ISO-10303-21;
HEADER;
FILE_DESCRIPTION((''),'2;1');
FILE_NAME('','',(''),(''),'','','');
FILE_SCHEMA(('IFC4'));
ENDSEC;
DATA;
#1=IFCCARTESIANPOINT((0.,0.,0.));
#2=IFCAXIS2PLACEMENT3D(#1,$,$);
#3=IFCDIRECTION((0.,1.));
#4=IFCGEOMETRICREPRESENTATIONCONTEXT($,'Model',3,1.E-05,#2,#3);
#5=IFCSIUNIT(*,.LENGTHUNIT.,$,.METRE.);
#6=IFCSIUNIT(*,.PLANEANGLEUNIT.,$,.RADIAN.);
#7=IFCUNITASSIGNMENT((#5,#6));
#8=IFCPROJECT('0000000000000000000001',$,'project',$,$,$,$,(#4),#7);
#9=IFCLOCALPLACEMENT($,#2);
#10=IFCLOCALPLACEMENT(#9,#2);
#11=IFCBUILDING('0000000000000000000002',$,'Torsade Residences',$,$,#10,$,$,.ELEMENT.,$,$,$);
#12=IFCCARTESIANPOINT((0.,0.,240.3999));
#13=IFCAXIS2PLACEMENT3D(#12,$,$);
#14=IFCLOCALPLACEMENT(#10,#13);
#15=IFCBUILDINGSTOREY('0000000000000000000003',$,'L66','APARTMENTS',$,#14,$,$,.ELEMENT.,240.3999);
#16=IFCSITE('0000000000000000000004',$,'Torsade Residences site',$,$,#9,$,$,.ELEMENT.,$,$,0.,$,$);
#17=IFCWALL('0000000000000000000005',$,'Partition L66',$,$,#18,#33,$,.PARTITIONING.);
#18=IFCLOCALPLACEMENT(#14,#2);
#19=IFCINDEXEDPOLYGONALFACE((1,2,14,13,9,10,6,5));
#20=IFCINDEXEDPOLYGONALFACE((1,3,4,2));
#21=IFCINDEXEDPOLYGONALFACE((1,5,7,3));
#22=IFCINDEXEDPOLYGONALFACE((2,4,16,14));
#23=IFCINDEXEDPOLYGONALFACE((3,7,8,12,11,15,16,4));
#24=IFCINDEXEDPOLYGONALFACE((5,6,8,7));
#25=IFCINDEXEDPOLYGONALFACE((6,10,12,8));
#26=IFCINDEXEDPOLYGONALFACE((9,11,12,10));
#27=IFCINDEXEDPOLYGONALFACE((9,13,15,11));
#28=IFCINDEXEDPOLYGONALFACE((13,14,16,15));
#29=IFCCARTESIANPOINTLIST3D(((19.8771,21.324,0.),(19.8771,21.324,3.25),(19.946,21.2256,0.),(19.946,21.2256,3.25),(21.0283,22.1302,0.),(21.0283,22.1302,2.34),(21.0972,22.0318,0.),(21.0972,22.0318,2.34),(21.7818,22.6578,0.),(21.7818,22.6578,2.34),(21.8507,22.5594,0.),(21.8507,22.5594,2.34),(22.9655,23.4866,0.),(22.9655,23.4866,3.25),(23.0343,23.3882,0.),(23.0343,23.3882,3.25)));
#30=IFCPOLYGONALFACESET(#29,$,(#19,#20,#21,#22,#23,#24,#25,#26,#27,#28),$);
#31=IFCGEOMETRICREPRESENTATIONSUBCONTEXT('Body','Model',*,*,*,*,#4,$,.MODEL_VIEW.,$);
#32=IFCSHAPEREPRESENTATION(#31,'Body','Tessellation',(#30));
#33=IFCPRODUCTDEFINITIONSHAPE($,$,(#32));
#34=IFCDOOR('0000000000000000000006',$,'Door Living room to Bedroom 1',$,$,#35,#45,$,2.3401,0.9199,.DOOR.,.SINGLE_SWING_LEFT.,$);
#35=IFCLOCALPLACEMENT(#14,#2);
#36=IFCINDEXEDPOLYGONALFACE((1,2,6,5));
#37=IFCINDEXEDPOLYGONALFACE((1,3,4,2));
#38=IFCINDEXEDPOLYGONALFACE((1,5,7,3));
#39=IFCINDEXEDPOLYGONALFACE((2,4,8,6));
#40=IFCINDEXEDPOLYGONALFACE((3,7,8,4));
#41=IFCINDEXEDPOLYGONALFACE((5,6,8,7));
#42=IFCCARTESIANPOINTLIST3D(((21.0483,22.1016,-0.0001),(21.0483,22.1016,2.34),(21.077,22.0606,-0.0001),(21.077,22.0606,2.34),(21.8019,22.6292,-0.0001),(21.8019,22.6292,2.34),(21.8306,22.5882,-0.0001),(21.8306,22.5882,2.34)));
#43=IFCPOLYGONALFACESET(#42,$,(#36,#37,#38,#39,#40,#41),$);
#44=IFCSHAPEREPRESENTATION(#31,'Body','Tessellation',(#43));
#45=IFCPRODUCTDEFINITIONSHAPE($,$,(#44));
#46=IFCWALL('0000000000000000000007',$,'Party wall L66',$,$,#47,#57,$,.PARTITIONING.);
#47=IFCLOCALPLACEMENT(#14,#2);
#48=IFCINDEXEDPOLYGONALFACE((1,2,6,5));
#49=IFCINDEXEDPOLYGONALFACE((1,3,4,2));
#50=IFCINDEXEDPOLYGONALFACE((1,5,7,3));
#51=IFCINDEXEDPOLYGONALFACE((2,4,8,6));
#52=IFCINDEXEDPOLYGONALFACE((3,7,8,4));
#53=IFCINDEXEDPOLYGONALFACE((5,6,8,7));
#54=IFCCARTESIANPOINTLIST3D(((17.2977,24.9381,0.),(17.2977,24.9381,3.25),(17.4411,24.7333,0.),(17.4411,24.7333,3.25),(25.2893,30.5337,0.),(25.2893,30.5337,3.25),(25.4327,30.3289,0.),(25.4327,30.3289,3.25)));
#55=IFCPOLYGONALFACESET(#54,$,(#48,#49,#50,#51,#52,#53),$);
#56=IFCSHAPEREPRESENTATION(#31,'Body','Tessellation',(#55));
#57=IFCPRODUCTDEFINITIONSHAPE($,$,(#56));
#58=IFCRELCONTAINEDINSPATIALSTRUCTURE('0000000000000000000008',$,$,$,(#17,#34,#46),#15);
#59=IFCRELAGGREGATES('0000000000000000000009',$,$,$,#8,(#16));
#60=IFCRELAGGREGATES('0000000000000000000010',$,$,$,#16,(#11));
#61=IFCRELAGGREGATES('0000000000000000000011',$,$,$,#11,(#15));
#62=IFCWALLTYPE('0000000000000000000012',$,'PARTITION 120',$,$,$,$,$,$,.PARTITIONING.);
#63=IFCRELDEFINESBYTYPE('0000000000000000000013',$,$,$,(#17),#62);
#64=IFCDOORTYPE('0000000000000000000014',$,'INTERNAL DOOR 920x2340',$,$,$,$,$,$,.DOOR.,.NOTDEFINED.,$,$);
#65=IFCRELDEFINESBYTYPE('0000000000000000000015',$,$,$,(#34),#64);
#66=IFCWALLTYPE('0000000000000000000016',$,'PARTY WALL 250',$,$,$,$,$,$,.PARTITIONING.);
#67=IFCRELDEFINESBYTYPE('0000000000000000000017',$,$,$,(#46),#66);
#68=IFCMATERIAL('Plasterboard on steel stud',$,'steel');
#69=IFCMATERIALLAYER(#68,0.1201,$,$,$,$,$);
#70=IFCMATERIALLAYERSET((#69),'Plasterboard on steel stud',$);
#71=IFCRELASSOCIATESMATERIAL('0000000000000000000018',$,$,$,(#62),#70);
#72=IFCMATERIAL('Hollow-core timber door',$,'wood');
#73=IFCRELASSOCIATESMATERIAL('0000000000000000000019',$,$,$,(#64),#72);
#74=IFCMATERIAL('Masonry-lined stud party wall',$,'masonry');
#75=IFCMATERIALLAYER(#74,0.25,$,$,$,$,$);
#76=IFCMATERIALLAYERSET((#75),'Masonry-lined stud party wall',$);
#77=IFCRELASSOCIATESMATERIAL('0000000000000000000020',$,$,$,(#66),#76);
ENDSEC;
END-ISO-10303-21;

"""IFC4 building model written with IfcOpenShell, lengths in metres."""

from ifc_helpers import new_model, si_unit, direction, frame, frame_2d, origin, place, context, subcontext, project, spatial, rectangle, extrude, material, layer, layer_set, type_object, element, fill, save


model = new_model("IFC4")

# Units and contexts
model_context = context("Model", 3, precision=1e-05, world=origin(), true_north=direction((0.0, 1.0)))
body_context = subcontext(model_context, "Body", "Model", "MODEL_VIEW")
ifc_project = project(units=[si_unit("LENGTHUNIT", "METRE"), si_unit("PLANEANGLEUNIT", "RADIAN")], contexts=[model_context])

# Site, building, storey
site_placement = place(None, origin())
site = spatial("IfcSite", under=ifc_project, at=site_placement, Name="Torsade Residences site", CompositionType="ELEMENT", RefElevation=0.0)
building_placement = place(site_placement, origin())
building = spatial("IfcBuilding", under=site, at=building_placement, Name="Torsade Residences", CompositionType="ELEMENT")
storey_placement = place(building_placement, frame((0.0, 0.0, 240.3999)))
storey = spatial("IfcBuildingStorey", under=building, at=storey_placement, Name="L66", Description="APARTMENTS", CompositionType="ELEMENT", Elevation=240.3999)

# Wall, opening, door
ifc_material_1 = material(Name="Plasterboard on steel stud", Category="steel")
ifc_layer_1 = layer(ifc_material_1, 0.1201)
ifc_layer_set_1 = layer_set([ifc_layer_1], Name="Plasterboard on steel stud")
wall_type_1 = type_object("IfcWallType", Name="PARTITION 120", PredefinedType="PARTITIONING", material=ifc_layer_set_1)
wall_1_placement = place(storey_placement, frame((23.0, 23.4375, 0.0), z_axis=(0.0, 0.0, 1.0), x_axis=(-0.819141, -0.573593, 0.0)))
wall_1 = element("IfcWall", 1, at=wall_1_placement, inside=storey, type_object=wall_type_1, Name="Partition L66", PredefinedType="PARTITIONING", context=body_context, shape_type="SweptSolid", body=[
    extrude(rectangle(XDim=3.7703, YDim=0.1201, at=frame_2d((1.8853, 0.0))), origin(), (0.0, 0.0, 1.0), 3.25),
])
opening_1_placement = place(wall_1_placement, frame((1.4451, 0.0, 0.0)))
opening_1 = element("IfcOpeningElement", 2, at=opening_1_placement, cuts=wall_1, PredefinedType="OPENING", context=body_context, shape_type="SweptSolid", body=[
    extrude(rectangle(XDim=0.9199, YDim=2.3401, at=frame_2d((0.46, 1.1699))), frame((0.0, 0.0701, 0.0), z_axis=(0.0, -1.0, 0.0), x_axis=(1.0, 0.0, 0.0)), (0.0, 0.0, 1.0), 0.1401),
])
ifc_material_2 = material(Name="Hollow-core timber door", Category="wood")
door_type_1 = type_object("IfcDoorType", Name="INTERNAL DOOR 920x2340", OperationType="NOTDEFINED", PredefinedType="DOOR", material=ifc_material_2)
door_1_placement = place(opening_1_placement, origin())
door_1 = element("IfcDoor", 3, at=door_1_placement, inside=storey, type_object=door_type_1, Name="Door Living room to Bedroom 1", OperationType="SINGLE_SWING_LEFT", OverallHeight=2.3401, OverallWidth=0.9199, PredefinedType="DOOR", context=body_context, shape_type="SweptSolid", body=[
    extrude(rectangle(XDim=0.9199, YDim=2.3401, at=frame_2d((0.46, 1.1699))), frame((0.0, 0.0249, 0.0), z_axis=(0.0, -1.0, 0.0), x_axis=(1.0, 0.0, 0.0)), (0.0, 0.0, 1.0), 0.05),
])
fill(opening_1, door_1)

# Wall
ifc_material_3 = material(Name="Masonry-lined stud party wall", Category="masonry")
ifc_layer_2 = layer(ifc_material_3, 0.25)
ifc_layer_set_2 = layer_set([ifc_layer_2], Name="Masonry-lined stud party wall")
wall_type_2 = type_object("IfcWallType", Name="PARTY WALL 250", PredefinedType="PARTITIONING", material=ifc_layer_set_2)
wall_2_placement = place(storey_placement, frame((17.3694, 24.8357, 0.0), z_axis=(0.0, 0.0, 1.0), x_axis=(0.819159, 0.573566, 0.0)))
element("IfcWall", 4, at=wall_2_placement, inside=storey, type_object=wall_type_2, Name="Party wall L66", PredefinedType="PARTITIONING", context=body_context, shape_type="SweptSolid", body=[
    extrude(rectangle(XDim=9.7559, YDim=0.25, at=frame_2d((4.8779, 0.0))), origin(), (0.0, 0.0, 1.0), 3.25),
])

save(model, "model.ifc")
